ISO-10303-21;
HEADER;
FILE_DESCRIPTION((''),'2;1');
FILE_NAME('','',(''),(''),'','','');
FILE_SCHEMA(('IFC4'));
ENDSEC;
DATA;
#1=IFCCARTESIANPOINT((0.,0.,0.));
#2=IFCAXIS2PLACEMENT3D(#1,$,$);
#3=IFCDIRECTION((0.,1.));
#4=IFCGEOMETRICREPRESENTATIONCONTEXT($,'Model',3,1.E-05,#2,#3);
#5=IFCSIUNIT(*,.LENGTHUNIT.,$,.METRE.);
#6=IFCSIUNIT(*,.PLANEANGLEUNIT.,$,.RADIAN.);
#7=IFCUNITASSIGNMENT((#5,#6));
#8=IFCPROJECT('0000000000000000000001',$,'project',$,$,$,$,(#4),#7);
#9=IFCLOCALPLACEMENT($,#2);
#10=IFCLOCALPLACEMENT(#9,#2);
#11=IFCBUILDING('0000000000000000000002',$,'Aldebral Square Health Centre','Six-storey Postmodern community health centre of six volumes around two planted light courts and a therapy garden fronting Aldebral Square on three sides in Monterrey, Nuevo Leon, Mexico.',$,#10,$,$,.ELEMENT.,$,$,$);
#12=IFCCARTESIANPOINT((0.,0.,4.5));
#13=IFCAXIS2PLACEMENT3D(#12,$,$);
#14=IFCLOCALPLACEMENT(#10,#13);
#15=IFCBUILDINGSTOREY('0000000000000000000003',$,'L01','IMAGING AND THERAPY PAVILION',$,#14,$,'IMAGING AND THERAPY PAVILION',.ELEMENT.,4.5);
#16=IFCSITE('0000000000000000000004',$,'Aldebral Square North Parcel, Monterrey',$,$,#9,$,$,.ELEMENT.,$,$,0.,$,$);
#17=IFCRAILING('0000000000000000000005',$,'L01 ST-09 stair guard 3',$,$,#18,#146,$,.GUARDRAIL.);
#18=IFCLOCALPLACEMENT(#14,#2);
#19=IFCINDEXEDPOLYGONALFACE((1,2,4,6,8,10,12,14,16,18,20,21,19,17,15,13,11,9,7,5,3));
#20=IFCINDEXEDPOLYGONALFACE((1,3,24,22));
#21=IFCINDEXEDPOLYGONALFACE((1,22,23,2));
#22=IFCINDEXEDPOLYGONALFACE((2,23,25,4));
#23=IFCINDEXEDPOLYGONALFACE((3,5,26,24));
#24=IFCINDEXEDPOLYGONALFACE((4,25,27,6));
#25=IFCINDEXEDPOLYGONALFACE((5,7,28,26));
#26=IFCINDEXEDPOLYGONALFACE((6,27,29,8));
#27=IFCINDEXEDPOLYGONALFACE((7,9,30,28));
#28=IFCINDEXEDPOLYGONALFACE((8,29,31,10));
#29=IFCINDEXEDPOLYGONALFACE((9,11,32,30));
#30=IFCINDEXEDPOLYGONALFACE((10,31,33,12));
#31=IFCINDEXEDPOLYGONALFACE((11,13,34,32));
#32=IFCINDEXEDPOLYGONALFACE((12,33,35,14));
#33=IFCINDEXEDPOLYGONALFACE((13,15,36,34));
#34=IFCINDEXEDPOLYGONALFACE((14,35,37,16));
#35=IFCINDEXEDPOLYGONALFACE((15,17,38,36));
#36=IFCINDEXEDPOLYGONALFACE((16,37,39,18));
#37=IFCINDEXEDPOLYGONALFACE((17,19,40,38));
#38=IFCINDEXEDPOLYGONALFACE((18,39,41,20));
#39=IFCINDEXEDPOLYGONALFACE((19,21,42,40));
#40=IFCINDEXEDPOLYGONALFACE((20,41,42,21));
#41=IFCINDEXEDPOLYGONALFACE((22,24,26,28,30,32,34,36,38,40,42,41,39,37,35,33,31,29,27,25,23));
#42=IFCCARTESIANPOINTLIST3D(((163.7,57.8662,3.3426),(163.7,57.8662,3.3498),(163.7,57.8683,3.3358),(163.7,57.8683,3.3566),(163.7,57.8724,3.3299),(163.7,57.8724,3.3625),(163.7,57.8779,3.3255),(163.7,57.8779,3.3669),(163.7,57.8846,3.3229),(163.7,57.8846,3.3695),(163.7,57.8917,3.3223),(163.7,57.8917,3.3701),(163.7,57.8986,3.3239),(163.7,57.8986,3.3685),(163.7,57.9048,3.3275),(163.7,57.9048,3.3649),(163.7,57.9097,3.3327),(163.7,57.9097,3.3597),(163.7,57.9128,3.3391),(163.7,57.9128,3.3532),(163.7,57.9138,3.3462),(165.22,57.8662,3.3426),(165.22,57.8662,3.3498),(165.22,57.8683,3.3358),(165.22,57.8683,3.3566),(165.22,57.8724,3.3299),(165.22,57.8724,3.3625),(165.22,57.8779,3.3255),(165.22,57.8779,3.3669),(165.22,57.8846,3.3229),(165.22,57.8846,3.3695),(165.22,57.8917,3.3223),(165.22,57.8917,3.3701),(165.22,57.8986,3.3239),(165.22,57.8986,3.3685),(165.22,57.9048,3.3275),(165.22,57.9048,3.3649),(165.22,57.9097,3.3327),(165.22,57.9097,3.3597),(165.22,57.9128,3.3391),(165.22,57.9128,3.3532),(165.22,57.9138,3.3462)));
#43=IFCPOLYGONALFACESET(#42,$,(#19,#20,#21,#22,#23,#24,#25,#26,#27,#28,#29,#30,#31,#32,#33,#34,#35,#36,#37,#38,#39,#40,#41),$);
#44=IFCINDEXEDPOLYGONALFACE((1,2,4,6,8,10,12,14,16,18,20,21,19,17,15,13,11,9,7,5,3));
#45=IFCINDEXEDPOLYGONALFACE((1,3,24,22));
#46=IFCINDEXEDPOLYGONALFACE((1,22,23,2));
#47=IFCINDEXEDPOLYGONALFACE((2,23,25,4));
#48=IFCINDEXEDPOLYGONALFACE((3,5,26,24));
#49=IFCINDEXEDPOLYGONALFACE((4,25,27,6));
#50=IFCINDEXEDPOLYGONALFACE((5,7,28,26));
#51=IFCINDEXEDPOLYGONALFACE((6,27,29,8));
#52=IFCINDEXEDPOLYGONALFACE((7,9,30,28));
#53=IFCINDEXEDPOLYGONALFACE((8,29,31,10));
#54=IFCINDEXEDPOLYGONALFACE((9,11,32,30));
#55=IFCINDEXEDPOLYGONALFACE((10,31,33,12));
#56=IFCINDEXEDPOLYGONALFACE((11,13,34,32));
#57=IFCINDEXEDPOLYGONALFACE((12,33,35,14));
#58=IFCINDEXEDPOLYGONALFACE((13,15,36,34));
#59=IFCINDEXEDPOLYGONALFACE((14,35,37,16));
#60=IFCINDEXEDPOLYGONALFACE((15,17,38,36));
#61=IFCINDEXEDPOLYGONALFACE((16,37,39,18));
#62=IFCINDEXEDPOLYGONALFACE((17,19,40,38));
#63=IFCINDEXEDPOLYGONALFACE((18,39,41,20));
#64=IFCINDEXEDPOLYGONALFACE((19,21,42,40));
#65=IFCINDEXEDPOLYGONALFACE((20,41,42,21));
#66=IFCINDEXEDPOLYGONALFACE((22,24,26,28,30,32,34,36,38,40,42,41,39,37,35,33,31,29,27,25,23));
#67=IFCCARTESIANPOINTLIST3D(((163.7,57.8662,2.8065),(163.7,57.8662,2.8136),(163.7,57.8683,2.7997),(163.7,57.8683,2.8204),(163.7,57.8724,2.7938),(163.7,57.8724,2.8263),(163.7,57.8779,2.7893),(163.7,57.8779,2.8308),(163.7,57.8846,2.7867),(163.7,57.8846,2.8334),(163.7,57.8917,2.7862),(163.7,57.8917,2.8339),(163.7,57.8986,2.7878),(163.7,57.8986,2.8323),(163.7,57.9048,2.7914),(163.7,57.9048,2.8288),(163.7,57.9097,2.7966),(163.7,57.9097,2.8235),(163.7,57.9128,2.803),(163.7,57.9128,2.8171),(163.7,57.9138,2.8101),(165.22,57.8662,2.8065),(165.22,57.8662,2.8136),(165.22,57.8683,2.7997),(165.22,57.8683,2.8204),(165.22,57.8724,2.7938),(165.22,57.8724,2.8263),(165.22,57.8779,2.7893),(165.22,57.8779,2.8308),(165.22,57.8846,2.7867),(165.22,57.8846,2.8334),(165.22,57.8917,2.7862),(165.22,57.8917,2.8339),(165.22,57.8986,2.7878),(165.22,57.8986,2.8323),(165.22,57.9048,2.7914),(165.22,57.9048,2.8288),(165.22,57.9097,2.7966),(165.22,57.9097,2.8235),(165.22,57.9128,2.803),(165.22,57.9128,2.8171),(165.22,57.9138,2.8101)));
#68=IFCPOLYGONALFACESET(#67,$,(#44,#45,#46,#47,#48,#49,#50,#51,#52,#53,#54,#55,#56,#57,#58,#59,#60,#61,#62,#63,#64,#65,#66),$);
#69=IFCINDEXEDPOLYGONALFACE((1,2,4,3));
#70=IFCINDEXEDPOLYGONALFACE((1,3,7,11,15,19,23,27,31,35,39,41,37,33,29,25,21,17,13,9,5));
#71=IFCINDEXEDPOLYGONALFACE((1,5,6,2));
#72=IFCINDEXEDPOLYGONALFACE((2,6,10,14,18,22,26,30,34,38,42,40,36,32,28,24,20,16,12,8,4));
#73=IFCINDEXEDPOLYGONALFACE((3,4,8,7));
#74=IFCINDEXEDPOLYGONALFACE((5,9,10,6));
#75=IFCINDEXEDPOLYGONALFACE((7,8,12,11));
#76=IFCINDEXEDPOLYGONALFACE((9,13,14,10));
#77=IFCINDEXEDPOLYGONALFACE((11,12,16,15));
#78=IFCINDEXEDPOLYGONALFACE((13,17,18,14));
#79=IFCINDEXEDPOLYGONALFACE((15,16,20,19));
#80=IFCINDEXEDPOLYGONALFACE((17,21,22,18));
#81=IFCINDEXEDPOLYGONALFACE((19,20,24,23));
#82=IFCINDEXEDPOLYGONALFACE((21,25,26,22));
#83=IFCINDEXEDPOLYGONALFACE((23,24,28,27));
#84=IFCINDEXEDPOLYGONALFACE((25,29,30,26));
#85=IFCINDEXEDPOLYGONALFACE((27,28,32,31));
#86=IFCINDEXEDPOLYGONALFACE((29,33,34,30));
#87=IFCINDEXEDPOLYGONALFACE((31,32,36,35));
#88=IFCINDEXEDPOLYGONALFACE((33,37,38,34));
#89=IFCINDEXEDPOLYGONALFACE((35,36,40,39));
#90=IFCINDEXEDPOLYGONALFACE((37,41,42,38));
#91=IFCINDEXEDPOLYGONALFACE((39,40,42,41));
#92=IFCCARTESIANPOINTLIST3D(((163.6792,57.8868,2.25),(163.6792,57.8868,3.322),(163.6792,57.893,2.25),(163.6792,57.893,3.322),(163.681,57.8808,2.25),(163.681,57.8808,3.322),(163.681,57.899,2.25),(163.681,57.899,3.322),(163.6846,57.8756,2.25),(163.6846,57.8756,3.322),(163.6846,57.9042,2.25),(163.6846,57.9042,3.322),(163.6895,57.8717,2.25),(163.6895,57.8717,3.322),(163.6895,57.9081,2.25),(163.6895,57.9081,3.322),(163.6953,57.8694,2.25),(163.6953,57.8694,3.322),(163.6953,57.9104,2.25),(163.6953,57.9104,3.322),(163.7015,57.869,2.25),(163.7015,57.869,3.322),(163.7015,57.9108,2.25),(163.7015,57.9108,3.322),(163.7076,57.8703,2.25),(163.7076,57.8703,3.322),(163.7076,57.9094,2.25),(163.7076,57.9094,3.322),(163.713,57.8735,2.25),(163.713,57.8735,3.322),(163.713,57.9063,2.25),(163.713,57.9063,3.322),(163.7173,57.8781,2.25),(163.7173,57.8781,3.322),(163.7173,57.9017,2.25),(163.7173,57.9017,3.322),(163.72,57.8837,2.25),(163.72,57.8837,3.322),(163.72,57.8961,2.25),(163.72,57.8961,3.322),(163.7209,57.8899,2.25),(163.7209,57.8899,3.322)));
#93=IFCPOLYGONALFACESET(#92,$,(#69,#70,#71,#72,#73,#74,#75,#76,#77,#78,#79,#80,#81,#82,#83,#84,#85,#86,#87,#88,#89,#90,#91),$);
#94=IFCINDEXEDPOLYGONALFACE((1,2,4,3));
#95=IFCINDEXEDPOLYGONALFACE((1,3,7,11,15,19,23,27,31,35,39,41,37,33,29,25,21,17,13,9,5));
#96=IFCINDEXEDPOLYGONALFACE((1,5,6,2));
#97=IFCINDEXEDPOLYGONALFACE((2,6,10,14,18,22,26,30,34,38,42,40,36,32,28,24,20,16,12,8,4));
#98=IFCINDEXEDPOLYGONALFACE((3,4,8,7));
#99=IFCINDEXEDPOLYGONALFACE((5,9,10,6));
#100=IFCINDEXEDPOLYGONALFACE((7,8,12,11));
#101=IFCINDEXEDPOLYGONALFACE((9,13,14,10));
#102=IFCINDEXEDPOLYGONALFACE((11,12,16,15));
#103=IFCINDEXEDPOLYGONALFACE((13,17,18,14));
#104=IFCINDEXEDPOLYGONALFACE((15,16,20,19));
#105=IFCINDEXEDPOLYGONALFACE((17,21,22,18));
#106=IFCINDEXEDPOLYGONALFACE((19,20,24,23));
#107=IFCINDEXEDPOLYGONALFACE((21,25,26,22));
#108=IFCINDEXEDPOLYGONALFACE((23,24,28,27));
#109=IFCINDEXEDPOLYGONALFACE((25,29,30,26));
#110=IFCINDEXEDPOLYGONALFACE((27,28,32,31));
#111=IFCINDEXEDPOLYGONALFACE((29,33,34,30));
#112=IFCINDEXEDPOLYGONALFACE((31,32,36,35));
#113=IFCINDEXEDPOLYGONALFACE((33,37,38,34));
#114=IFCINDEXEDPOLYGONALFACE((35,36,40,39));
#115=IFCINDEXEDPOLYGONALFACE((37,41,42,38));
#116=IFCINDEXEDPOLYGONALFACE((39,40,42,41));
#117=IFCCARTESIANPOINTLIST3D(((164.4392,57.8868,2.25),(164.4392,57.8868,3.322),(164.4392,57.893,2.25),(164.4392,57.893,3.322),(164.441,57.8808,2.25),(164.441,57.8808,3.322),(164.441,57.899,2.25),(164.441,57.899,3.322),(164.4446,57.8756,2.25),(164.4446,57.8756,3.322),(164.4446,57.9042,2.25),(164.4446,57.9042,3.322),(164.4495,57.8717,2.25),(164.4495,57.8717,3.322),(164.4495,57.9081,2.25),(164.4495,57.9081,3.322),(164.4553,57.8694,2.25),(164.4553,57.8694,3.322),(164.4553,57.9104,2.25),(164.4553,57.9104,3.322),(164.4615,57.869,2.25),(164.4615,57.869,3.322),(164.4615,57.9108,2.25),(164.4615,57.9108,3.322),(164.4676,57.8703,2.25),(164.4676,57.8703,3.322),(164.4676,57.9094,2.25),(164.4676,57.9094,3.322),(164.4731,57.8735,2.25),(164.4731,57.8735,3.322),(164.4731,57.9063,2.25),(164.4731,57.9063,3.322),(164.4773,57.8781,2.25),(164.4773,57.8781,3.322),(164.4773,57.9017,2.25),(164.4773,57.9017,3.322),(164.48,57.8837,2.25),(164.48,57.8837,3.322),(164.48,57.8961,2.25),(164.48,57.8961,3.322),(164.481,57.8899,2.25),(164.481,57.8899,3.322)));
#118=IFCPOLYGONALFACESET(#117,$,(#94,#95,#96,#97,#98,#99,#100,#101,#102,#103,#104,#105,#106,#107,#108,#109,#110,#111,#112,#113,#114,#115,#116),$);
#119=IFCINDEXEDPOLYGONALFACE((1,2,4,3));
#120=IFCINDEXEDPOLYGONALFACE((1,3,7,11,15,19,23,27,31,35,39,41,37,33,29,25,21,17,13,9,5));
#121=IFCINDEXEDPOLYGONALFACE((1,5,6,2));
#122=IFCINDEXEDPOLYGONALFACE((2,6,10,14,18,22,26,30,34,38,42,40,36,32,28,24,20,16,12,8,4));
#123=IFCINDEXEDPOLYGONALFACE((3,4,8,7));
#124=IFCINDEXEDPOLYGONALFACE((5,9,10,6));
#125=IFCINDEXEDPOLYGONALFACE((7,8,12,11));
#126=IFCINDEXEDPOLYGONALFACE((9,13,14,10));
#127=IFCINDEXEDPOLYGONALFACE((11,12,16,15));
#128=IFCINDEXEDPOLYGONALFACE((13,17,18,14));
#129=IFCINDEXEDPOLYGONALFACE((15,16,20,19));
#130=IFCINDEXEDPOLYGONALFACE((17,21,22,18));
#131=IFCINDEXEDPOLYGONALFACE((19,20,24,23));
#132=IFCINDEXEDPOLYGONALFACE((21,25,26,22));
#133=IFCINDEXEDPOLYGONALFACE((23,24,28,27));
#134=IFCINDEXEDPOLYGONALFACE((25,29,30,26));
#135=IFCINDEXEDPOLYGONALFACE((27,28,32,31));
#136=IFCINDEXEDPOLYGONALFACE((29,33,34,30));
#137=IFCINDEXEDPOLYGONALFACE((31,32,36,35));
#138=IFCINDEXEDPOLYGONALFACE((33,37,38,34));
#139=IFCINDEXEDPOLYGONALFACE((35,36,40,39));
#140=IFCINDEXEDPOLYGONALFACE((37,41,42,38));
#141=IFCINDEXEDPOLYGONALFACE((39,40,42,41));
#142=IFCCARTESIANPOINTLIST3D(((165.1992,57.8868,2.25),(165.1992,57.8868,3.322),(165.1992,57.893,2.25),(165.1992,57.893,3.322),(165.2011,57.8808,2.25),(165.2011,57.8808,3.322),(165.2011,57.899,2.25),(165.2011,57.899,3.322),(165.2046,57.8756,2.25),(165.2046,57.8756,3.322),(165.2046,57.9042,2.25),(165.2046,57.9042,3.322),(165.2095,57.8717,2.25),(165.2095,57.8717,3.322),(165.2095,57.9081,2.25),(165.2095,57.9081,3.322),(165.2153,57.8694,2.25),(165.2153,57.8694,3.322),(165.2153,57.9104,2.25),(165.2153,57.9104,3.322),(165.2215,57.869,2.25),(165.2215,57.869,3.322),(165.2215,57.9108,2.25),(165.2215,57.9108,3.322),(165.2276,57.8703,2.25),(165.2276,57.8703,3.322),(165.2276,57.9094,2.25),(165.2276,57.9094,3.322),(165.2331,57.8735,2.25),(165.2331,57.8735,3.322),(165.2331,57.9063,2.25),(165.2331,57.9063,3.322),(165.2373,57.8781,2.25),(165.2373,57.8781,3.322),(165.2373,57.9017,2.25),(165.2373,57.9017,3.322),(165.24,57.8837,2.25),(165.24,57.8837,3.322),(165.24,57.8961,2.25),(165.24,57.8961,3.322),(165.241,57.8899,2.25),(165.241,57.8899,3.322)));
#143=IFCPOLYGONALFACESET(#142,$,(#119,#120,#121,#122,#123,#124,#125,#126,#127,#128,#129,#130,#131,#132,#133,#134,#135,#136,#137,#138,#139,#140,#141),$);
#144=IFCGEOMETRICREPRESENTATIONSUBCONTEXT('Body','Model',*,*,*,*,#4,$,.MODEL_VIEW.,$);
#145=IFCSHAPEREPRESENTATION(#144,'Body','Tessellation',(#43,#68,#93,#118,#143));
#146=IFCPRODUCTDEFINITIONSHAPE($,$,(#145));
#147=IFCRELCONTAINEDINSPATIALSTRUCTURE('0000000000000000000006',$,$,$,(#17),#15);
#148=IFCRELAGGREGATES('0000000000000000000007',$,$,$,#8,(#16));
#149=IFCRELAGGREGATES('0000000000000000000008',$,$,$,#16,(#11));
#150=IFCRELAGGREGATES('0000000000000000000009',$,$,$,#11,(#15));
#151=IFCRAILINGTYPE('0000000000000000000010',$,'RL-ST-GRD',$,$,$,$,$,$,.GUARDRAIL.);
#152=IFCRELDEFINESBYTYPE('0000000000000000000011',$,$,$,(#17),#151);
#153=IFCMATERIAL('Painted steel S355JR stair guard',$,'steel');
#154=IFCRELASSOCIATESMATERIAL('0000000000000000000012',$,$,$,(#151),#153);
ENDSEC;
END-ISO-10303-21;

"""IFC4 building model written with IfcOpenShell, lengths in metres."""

from ifc_helpers import new_model, si_unit, direction, frame, origin, origin_2d, place, context, subcontext, project, spatial, circle, extrude, material, type_object, element, save


model = new_model("IFC4")

# Units and contexts
model_context = context("Model", 3, precision=1e-05, world=origin(), true_north=direction((0.0, 1.0)))
body_context = subcontext(model_context, "Body", "Model", "MODEL_VIEW")
ifc_project = project(units=[si_unit("LENGTHUNIT", "METRE"), si_unit("PLANEANGLEUNIT", "RADIAN")], contexts=[model_context])

# Site, building, storey
site_placement = place(None, origin())
site = spatial("IfcSite", under=ifc_project, at=site_placement, Name="Aldebral Square North Parcel, Monterrey", CompositionType="ELEMENT", RefElevation=0.0)
building_placement = place(site_placement, origin())
building = spatial("IfcBuilding", under=site, at=building_placement, Name="Aldebral Square Health Centre", Description="Six-storey Postmodern community health centre of six volumes around two planted light courts and a therapy garden fronting Aldebral Square on three sides in Monterrey, Nuevo Leon, Mexico.", CompositionType="ELEMENT")
storey_placement = place(building_placement, frame((0.0, 0.0, 4.5)))
storey = spatial("IfcBuildingStorey", under=building, at=storey_placement, Name="L01", Description="IMAGING AND THERAPY PAVILION", LongName="IMAGING AND THERAPY PAVILION", CompositionType="ELEMENT", Elevation=4.5)

# Railing
ifc_material_1 = material(Name="Painted steel S355JR stair guard", Category="steel")
railing_type_1 = type_object("IfcRailingType", Name="RL-ST-GRD", PredefinedType="GUARDRAIL", material=ifc_material_1)
railing_1_placement = place(storey_placement, frame((163.7, 57.8899, 2.25)))
element("IfcRailing", 1, at=railing_1_placement, inside=storey, type_object=railing_type_1, Name="L01 ST-09 stair guard 3", PredefinedType="GUARDRAIL", context=body_context, shape_type="SweptSolid", body=[
    extrude(circle(Radius=0.0239, at=origin_2d()), frame((0.0, 0.0, 1.0962), z_axis=(1.0, 0.0, 0.0), x_axis=(0.0, 1.0, 0.0)), (0.0, 0.0, 1.0), 1.52),
    extrude(circle(Radius=0.0239, at=origin_2d()), frame((0.0, 0.0, 0.5601), z_axis=(1.0, 0.0, 0.0), x_axis=(0.0, 1.0, 0.0)), (0.0, 0.0, 1.0), 1.52),
    extrude(circle(Radius=0.021, at=origin_2d()), origin(), (0.0, 0.0, 1.0), 1.072),
    extrude(circle(Radius=0.021, at=origin_2d()), frame((0.76, 0.0, 0.0)), (0.0, 0.0, 1.0), 1.072),
    extrude(circle(Radius=0.021, at=origin_2d()), frame((1.52, 0.0, 0.0)), (0.0, 0.0, 1.0), 1.072),
])

save(model, "model.ifc")
